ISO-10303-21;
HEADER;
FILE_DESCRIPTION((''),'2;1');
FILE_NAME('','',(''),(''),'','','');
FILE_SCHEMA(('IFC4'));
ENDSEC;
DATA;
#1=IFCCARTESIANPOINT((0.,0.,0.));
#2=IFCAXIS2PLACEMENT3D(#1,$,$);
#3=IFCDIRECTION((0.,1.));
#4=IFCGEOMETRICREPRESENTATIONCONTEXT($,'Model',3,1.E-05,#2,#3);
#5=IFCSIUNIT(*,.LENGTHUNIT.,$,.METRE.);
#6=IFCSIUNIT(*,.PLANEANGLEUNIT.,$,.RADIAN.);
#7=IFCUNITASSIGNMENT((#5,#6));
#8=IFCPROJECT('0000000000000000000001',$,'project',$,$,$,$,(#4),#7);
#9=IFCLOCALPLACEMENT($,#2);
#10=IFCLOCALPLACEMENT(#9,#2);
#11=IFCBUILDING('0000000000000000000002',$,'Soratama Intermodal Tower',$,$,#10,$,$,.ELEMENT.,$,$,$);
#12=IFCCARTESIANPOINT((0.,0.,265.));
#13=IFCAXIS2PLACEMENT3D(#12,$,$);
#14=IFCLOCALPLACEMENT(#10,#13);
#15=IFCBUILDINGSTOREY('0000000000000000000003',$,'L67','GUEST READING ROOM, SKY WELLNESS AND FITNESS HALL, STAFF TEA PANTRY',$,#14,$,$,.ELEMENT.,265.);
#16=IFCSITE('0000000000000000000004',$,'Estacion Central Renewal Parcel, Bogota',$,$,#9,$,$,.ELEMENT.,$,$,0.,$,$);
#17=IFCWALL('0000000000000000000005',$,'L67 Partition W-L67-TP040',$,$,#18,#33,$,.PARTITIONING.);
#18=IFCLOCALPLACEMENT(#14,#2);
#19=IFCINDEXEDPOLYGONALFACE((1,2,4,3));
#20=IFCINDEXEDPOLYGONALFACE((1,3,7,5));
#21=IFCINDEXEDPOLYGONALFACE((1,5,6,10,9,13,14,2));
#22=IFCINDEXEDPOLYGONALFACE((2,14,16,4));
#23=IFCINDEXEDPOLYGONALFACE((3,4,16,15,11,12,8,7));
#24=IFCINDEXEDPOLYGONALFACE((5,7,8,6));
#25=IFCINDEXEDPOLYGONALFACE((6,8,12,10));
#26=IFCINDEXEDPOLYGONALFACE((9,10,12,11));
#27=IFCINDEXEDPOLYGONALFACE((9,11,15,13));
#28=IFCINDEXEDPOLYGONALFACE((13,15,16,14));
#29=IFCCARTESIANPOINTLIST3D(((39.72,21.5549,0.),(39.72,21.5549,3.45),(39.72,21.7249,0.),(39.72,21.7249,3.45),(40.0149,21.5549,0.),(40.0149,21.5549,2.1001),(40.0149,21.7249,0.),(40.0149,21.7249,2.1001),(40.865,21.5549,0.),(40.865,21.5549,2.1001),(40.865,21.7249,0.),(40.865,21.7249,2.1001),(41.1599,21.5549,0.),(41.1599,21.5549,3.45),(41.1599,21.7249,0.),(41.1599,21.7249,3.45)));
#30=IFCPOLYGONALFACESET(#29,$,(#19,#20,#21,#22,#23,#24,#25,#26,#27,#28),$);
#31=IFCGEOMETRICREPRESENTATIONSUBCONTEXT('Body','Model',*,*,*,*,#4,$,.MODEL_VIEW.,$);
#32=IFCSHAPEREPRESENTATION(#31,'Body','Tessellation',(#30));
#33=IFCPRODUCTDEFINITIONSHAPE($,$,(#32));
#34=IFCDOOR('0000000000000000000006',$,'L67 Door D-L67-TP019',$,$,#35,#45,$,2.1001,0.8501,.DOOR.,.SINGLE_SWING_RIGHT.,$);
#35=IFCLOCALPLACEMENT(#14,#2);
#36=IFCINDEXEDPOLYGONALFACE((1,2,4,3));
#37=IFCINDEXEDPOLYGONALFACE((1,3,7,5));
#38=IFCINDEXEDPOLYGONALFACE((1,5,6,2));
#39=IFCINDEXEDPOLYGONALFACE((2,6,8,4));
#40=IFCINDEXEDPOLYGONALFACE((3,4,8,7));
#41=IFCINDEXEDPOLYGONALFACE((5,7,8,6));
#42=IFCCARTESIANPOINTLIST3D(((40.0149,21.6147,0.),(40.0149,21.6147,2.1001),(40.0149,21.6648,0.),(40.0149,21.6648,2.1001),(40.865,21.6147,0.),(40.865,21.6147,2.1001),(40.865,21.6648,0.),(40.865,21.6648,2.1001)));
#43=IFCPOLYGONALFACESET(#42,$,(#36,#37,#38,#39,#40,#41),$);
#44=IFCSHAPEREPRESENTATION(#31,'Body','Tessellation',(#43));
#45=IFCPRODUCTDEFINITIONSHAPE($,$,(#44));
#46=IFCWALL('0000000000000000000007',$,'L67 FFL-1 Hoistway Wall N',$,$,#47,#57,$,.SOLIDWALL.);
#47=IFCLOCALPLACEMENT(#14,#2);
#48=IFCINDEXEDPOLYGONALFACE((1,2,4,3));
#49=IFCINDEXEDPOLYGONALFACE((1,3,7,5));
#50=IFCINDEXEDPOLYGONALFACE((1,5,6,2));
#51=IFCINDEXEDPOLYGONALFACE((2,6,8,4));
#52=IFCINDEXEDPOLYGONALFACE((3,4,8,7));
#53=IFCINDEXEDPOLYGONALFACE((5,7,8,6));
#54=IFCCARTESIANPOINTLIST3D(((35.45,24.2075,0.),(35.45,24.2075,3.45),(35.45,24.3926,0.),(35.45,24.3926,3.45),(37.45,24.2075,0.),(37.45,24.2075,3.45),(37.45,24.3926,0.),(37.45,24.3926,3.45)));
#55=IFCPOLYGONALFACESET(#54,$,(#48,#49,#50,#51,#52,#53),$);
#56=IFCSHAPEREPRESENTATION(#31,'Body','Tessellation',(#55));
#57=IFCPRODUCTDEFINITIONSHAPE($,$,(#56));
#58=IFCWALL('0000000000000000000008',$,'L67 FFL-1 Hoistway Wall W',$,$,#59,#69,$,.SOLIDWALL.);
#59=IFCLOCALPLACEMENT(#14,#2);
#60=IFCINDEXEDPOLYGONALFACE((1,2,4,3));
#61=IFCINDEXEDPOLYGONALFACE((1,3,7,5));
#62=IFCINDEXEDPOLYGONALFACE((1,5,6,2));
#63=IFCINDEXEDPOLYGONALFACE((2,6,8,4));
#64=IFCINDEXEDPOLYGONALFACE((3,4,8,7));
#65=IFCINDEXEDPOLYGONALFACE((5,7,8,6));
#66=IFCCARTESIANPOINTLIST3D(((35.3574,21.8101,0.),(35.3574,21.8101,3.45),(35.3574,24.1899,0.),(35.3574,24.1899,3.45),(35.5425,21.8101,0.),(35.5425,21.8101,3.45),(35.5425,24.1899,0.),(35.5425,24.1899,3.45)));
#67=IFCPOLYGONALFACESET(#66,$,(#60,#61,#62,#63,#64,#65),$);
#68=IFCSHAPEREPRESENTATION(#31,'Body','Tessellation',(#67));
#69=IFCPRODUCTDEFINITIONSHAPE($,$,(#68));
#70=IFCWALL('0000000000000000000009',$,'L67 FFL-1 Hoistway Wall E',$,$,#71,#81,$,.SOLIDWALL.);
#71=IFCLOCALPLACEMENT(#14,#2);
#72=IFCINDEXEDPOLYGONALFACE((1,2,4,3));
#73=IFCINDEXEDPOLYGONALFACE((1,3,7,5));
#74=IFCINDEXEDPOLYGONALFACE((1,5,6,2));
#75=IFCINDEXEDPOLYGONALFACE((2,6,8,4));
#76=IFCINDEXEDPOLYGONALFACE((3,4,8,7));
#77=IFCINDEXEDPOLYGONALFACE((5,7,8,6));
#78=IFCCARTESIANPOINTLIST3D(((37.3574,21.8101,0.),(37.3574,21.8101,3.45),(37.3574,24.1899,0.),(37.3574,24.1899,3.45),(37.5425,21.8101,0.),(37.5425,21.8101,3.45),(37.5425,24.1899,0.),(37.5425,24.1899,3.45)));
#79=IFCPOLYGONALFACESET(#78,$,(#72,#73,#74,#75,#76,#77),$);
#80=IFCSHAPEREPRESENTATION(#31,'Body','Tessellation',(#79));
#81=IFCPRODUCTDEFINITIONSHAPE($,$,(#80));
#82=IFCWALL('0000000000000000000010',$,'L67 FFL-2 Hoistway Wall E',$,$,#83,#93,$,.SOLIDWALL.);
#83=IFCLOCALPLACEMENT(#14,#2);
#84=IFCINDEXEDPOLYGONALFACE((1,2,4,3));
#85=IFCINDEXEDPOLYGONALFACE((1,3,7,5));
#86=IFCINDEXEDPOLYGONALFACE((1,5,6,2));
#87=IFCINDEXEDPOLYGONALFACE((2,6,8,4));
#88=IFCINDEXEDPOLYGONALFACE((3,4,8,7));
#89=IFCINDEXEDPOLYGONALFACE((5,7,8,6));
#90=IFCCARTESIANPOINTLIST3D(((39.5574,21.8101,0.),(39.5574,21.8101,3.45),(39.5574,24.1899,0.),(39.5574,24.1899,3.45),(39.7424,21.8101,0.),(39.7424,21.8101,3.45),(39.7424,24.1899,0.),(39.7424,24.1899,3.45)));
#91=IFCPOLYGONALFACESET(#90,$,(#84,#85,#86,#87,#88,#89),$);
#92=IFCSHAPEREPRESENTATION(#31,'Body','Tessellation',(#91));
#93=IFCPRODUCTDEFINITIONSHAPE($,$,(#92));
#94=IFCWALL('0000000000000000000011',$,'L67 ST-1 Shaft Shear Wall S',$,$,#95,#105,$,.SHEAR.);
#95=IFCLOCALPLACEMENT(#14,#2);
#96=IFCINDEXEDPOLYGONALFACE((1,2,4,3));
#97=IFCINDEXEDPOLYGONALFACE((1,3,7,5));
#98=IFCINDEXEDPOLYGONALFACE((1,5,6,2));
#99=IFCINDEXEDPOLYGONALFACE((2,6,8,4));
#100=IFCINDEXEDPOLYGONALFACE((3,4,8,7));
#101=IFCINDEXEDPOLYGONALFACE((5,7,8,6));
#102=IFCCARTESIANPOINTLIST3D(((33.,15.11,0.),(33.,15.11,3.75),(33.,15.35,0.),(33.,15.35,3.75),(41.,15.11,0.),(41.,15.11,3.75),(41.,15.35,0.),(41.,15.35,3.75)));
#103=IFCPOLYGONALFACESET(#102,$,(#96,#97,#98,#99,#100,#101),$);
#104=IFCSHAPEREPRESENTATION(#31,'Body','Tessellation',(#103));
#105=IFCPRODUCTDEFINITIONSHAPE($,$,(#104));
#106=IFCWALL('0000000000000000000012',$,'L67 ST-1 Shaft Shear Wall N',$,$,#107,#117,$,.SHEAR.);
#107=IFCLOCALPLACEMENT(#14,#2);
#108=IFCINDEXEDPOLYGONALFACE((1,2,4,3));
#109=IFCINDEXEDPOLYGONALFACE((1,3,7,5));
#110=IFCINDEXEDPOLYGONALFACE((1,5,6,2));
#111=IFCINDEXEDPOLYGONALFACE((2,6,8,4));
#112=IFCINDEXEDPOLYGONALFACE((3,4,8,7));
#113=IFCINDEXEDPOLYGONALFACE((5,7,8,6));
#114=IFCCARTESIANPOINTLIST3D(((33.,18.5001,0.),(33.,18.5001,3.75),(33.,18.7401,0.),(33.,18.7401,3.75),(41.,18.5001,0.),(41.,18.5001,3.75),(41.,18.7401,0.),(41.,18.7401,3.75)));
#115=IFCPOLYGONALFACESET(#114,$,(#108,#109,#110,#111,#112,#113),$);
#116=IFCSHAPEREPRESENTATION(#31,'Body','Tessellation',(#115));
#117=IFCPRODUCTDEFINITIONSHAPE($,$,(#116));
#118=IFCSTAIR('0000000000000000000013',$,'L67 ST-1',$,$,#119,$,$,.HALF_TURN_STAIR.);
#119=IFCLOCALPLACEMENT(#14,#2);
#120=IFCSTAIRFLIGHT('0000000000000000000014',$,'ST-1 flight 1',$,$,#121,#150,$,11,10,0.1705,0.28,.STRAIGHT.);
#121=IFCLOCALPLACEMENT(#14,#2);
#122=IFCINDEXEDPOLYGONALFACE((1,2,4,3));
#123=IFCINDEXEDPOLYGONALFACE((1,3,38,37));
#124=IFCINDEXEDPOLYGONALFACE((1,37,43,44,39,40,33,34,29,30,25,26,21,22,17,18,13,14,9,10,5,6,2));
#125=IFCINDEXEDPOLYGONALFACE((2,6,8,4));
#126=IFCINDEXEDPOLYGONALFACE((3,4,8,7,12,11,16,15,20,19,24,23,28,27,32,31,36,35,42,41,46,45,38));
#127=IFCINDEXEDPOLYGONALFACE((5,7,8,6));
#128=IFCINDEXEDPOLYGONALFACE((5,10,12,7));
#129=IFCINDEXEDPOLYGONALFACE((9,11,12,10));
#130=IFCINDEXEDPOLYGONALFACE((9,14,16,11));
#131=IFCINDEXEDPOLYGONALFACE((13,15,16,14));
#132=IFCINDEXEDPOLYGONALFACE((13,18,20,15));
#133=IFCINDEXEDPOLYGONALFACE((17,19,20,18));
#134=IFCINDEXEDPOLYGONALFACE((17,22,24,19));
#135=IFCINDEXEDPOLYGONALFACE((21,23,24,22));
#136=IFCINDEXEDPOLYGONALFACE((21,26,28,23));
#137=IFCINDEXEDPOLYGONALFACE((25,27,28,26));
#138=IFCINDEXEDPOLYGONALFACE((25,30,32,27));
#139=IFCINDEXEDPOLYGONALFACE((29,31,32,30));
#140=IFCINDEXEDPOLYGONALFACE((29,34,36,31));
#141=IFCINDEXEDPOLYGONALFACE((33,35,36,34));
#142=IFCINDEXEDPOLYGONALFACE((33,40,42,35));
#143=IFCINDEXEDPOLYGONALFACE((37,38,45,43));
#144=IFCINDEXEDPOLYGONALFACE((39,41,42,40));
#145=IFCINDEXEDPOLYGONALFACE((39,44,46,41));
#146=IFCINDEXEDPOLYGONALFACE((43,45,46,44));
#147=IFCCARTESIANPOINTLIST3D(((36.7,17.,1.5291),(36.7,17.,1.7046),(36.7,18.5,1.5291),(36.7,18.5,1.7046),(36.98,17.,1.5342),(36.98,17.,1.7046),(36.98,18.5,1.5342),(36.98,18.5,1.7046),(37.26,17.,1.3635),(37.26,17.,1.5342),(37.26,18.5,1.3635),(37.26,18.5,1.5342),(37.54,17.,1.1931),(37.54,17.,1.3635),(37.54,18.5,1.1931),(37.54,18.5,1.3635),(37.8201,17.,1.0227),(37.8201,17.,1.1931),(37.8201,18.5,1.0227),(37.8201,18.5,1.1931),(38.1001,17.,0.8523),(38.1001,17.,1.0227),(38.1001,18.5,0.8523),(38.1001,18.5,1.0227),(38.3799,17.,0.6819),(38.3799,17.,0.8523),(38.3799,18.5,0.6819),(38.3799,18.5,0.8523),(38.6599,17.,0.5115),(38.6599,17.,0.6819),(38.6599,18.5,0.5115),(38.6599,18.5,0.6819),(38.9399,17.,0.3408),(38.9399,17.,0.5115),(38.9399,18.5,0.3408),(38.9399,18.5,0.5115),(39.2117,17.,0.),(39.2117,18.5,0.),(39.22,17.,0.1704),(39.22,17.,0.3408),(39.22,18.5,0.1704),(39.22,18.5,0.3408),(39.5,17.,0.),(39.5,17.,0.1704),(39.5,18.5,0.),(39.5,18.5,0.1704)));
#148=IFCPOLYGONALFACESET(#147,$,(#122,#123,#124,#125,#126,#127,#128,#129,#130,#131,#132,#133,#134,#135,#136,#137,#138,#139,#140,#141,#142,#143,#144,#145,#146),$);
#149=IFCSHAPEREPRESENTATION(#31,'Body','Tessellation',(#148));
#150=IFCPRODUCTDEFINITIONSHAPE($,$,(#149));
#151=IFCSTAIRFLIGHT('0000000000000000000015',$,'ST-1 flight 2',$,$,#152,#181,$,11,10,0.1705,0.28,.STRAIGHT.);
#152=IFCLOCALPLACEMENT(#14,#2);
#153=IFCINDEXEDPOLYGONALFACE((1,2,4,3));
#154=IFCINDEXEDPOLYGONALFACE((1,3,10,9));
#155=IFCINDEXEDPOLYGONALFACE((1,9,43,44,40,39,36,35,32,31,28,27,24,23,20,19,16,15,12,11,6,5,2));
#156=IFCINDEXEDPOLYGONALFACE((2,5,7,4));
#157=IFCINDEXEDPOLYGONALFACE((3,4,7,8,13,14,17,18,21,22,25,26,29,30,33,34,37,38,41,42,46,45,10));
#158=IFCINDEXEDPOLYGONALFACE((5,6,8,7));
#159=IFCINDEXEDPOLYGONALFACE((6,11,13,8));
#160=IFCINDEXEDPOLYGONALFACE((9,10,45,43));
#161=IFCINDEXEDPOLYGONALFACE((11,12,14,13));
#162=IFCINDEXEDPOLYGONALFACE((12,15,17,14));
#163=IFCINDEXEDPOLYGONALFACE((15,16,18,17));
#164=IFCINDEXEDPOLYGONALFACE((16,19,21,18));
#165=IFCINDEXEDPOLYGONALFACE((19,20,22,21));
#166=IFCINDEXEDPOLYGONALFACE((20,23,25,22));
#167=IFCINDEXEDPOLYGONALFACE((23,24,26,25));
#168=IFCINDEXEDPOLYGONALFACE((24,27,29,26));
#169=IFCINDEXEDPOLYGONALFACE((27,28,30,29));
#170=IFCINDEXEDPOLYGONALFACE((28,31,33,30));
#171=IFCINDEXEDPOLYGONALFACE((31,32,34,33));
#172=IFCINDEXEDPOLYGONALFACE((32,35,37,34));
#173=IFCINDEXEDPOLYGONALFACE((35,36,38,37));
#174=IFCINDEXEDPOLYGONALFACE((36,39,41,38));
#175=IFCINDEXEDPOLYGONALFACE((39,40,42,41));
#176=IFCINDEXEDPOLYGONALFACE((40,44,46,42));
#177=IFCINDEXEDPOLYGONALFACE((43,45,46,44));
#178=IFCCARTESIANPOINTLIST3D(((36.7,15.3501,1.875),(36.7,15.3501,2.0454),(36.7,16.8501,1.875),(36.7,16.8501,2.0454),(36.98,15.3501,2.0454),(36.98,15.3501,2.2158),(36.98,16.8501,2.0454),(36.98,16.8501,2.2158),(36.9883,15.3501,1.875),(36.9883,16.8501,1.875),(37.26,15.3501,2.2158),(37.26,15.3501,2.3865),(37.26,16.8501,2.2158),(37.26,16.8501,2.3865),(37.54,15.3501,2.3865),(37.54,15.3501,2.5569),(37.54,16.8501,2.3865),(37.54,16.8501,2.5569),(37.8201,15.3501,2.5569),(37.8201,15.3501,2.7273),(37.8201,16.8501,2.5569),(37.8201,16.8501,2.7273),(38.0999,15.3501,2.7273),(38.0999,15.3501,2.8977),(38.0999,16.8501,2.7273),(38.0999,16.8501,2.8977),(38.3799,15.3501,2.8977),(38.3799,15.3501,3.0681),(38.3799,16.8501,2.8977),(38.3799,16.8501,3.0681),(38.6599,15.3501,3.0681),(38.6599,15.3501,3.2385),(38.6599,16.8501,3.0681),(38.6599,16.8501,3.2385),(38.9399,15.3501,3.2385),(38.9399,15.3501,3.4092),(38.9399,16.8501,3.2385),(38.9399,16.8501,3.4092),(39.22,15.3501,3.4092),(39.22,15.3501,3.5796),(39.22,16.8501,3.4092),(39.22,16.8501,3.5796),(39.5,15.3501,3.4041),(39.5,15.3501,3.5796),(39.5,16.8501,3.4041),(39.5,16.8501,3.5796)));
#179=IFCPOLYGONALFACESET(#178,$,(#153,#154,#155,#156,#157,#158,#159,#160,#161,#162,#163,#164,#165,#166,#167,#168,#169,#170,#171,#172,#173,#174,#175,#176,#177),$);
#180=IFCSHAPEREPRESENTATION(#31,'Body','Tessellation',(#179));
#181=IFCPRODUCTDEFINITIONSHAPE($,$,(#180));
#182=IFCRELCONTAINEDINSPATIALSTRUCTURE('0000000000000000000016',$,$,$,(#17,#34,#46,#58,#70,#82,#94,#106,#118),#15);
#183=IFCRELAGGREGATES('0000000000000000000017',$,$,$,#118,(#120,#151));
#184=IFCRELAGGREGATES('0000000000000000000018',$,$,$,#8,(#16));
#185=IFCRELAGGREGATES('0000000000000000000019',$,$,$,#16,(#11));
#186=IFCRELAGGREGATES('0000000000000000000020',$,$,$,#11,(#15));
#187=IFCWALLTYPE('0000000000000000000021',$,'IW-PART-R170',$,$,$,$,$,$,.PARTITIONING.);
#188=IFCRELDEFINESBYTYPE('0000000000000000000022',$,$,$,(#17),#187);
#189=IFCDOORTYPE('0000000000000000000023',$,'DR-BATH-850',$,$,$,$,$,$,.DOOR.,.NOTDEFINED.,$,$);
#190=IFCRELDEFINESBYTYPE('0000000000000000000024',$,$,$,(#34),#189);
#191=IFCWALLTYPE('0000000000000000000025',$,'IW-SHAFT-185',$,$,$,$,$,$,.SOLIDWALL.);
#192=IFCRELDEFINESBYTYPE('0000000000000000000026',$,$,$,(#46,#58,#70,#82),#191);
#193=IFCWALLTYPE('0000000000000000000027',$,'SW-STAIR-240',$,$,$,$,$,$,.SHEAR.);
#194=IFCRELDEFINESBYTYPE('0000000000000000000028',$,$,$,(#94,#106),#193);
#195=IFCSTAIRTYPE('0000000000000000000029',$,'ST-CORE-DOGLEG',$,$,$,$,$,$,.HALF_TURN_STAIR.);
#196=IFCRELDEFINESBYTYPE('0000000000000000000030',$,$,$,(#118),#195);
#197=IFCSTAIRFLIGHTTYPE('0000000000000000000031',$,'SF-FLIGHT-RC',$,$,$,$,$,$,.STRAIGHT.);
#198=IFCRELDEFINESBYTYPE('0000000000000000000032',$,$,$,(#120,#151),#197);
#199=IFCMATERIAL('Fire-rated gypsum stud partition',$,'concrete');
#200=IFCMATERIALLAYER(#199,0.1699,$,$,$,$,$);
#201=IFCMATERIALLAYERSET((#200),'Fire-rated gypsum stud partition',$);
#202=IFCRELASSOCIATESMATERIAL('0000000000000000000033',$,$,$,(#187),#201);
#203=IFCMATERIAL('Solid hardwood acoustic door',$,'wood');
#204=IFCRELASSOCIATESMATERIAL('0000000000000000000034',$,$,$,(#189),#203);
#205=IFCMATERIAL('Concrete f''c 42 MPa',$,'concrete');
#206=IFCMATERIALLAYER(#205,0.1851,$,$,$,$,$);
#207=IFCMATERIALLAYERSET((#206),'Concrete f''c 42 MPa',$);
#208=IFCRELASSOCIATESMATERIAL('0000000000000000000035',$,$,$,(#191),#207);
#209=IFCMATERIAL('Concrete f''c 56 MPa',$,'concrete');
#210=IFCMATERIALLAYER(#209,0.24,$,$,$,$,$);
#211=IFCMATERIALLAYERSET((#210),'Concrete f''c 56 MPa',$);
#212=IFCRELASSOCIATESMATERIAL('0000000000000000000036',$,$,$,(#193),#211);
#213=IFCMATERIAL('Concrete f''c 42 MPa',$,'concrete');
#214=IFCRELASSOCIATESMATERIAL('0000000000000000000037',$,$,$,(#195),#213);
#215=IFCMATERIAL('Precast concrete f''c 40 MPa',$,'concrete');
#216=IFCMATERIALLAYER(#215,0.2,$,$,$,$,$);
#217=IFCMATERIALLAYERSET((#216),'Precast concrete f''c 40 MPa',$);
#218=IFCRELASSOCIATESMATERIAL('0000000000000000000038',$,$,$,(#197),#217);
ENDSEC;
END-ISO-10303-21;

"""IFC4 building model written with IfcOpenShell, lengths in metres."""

from ifc_helpers import new_model, si_unit, direction, frame, frame_2d, origin, place, context, subcontext, project, spatial, polyline, rectangle, outline, extrude, material, layer, layer_set, type_object, element, fill, aggregate, save


model = new_model("IFC4")

# Units and contexts
model_context = context("Model", 3, precision=1e-05, world=origin(), true_north=direction((0.0, 1.0)))
body_context = subcontext(model_context, "Body", "Model", "MODEL_VIEW")
ifc_project = project(units=[si_unit("LENGTHUNIT", "METRE"), si_unit("PLANEANGLEUNIT", "RADIAN")], contexts=[model_context])

# Site, building, storey
site_placement = place(None, origin())
site = spatial("IfcSite", under=ifc_project, at=site_placement, Name="Estacion Central Renewal Parcel, Bogota", CompositionType="ELEMENT", RefElevation=0.0)
building_placement = place(site_placement, origin())
building = spatial("IfcBuilding", under=site, at=building_placement, Name="Soratama Intermodal Tower", CompositionType="ELEMENT")
storey_placement = place(building_placement, frame((0.0, 0.0, 265.0)))
storey = spatial("IfcBuildingStorey", under=building, at=storey_placement, Name="L67", Description="GUEST READING ROOM, SKY WELLNESS AND FITNESS HALL, STAFF TEA PANTRY", CompositionType="ELEMENT", Elevation=265.0)

# Wall, opening, door
ifc_material_1 = material(Name="Fire-rated gypsum stud partition", Category="concrete")
ifc_layer_1 = layer(ifc_material_1, 0.1699)
ifc_layer_set_1 = layer_set([ifc_layer_1], Name="Fire-rated gypsum stud partition")
wall_type_1 = type_object("IfcWallType", Name="IW-PART-R170", PredefinedType="PARTITIONING", material=ifc_layer_set_1)
wall_1_placement = place(storey_placement, frame((39.72, 21.6399, 0.0), z_axis=(0.0, 0.0, 1.0), x_axis=(1.0, 0.0, 0.0)))
wall_1 = element("IfcWall", 1, at=wall_1_placement, inside=storey, type_object=wall_type_1, Name="L67 Partition W-L67-TP040", PredefinedType="PARTITIONING", context=body_context, shape_type="SweptSolid", body=[
    extrude(rectangle(XDim=1.4399, YDim=0.1699, at=frame_2d((0.72, 0.0))), origin(), (0.0, 0.0, 1.0), 3.45),
])
opening_1_placement = place(wall_1_placement, frame((0.2949, 0.0, 0.0)))
opening_1 = element("IfcOpeningElement", 2, at=opening_1_placement, cuts=wall_1, PredefinedType="OPENING", context=body_context, shape_type="SweptSolid", body=[
    extrude(rectangle(XDim=0.8501, YDim=2.1001, at=frame_2d((0.425, 1.05))), frame((0.0, 0.095, 0.0), z_axis=(0.0, -1.0, 0.0), x_axis=(1.0, 0.0, 0.0)), (0.0, 0.0, 1.0), 0.1899),
])
ifc_material_2 = material(Name="Solid hardwood acoustic door", Category="wood")
door_type_1 = type_object("IfcDoorType", Name="DR-BATH-850", OperationType="NOTDEFINED", PredefinedType="DOOR", material=ifc_material_2)
door_1_placement = place(opening_1_placement, origin())
door_1 = element("IfcDoor", 3, at=door_1_placement, inside=storey, type_object=door_type_1, Name="L67 Door D-L67-TP019", OperationType="SINGLE_SWING_RIGHT", OverallHeight=2.1001, OverallWidth=0.8501, PredefinedType="DOOR", context=body_context, shape_type="SweptSolid", body=[
    extrude(rectangle(XDim=0.8501, YDim=2.1001, at=frame_2d((0.425, 1.05))), frame((0.0, 0.0249, 0.0), z_axis=(0.0, -1.0, 0.0), x_axis=(1.0, 0.0, 0.0)), (0.0, 0.0, 1.0), 0.05),
])
fill(opening_1, door_1)
ifc_material_3 = material(Name="Concrete f'c 42 MPa", Category="concrete")
ifc_layer_2 = layer(ifc_material_3, 0.1851)
ifc_layer_set_2 = layer_set([ifc_layer_2], Name="Concrete f'c 42 MPa")
wall_type_2 = type_object("IfcWallType", Name="IW-SHAFT-185", PredefinedType="SOLIDWALL", material=ifc_layer_set_2)

# Walls
wall_2_placement = place(storey_placement, frame((35.45, 24.3, 0.0), z_axis=(0.0, 0.0, 1.0), x_axis=(1.0, 0.0, 0.0)))
element("IfcWall", 4, at=wall_2_placement, inside=storey, type_object=wall_type_2, Name="L67 FFL-1 Hoistway Wall N", PredefinedType="SOLIDWALL", context=body_context, shape_type="SweptSolid", body=[
    extrude(rectangle(XDim=2.0, YDim=0.1851, at=frame_2d((1.0, 0.0))), origin(), (0.0, 0.0, 1.0), 3.45),
])
for number, where, z_axis, x_axis, name in (
    (5, (35.45, 21.8101, 0.0), (0.0, 0.0, 1.0), (0.0, 1.0, 0.0), "L67 FFL-1 Hoistway Wall W"),
    (6, (37.45, 21.8101, 0.0), (0.0, 0.0, 1.0), (0.0, 1.0, 0.0), "L67 FFL-1 Hoistway Wall E"),
):
    element("IfcWall", number, at=place(storey_placement, frame(where, z_axis=z_axis, x_axis=x_axis)), inside=storey, type_object=wall_type_2, Name=name, PredefinedType="SOLIDWALL", context=body_context, shape_type="SweptSolid", body=[
        extrude(rectangle(XDim=2.3799, YDim=0.1851, at=frame_2d((1.1899, 0.0))), origin(), (0.0, 0.0, 1.0), 3.45),
    ])

# Wall
wall_3_placement = place(storey_placement, frame((39.6499, 21.8101, 0.0), z_axis=(0.0, 0.0, 1.0), x_axis=(0.0, 1.0, 0.0)))
element("IfcWall", 7, at=wall_3_placement, inside=storey, type_object=wall_type_2, Name="L67 FFL-2 Hoistway Wall E", PredefinedType="SOLIDWALL", context=body_context, shape_type="SweptSolid", body=[
    extrude(rectangle(XDim=2.3799, YDim=0.1851, at=frame_2d((1.1899, 0.0))), origin(), (0.0, 0.0, 1.0), 3.45),
])

# Walls
ifc_material_4 = material(Name="Concrete f'c 56 MPa", Category="concrete")
ifc_layer_3 = layer(ifc_material_4, 0.24)
ifc_layer_set_3 = layer_set([ifc_layer_3], Name="Concrete f'c 56 MPa")
wall_type_3 = type_object("IfcWallType", Name="SW-STAIR-240", PredefinedType="SHEAR", material=ifc_layer_set_3)
for number, where, z_axis, x_axis, name in (
    (8, (33.0, 15.23, 0.0), (0.0, 0.0, 1.0), (1.0, 0.0, 0.0), "L67 ST-1 Shaft Shear Wall S"),
    (9, (33.0, 18.6201, 0.0), (0.0, 0.0, 1.0), (1.0, 0.0, 0.0), "L67 ST-1 Shaft Shear Wall N"),
):
    element("IfcWall", number, at=place(storey_placement, frame(where, z_axis=z_axis, x_axis=x_axis)), inside=storey, type_object=wall_type_3, Name=name, PredefinedType="SHEAR", context=body_context, shape_type="SweptSolid", body=[
        extrude(rectangle(XDim=8.0, YDim=0.24, at=frame_2d((4.0, 0.0))), origin(), (0.0, 0.0, 1.0), 3.75),
    ])

# Stair, stair flights
ifc_material_5 = material(Name="Concrete f'c 42 MPa", Category="concrete")
stair_type = type_object("IfcStairType", Name="ST-CORE-DOGLEG", PredefinedType="HALF_TURN_STAIR", material=ifc_material_5)
stair_placement = place(storey_placement, origin())
stair = element("IfcStair", 10, at=stair_placement, inside=storey, type_object=stair_type, Name="L67 ST-1", PredefinedType="HALF_TURN_STAIR")
ifc_material_6 = material(Name="Precast concrete f'c 40 MPa", Category="concrete")
ifc_layer_4 = layer(ifc_material_6, 0.2)
ifc_layer_set_4 = layer_set([ifc_layer_4], Name="Precast concrete f'c 40 MPa")
stair_flight_type = type_object("IfcStairFlightType", Name="SF-FLIGHT-RC", PredefinedType="STRAIGHT", material=ifc_layer_set_4)
stair_flight_1_placement = place(storey_placement, frame((39.5, 17.75, 0.0), z_axis=(0.0, 0.0, 1.0), x_axis=(-1.0, 0.0, 0.0)))
stair_flight_1 = element("IfcStairFlight", 11, at=stair_flight_1_placement, type_object=stair_flight_type, Name="ST-1 flight 1", NumberOfRisers=11, NumberOfTreads=10, PredefinedType="STRAIGHT", RiserHeight=0.1705, TreadLength=0.28, context=body_context, shape_type="SweptSolid", body=[
    extrude(outline(polyline([(0.0, 0.0), (0.0, 0.1704), (0.28, 0.1704), (0.28, 0.3408), (0.5601, 0.3408), (0.5601, 0.5115), (0.8401, 0.5115), (0.8401, 0.6819), (1.1201, 0.6819), (1.1201, 0.8523), (1.3999, 0.8523), (1.3999, 1.0227), (1.6799, 1.0227), (1.6799, 1.1931), (1.96, 1.1931), (1.96, 1.3635), (2.24, 1.3635), (2.24, 1.5342), (2.52, 1.5342), (2.52, 1.7046), (2.8, 1.7046), (2.8, 1.875), (2.8, 1.5291), (0.2883, 0.0), (0.0, 0.0)])), frame((0.0, 0.75, 0.0), z_axis=(0.0, -1.0, 0.0), x_axis=(1.0, 0.0, 0.0)), (0.0, 0.0, 1.0), 1.5),
])
stair_flight_2_placement = place(storey_placement, frame((36.7, 16.1001, 1.875), z_axis=(0.0, 0.0, 1.0), x_axis=(1.0, 0.0, 0.0)))
stair_flight_2 = element("IfcStairFlight", 12, at=stair_flight_2_placement, type_object=stair_flight_type, Name="ST-1 flight 2", NumberOfRisers=11, NumberOfTreads=10, PredefinedType="STRAIGHT", RiserHeight=0.1705, TreadLength=0.28, context=body_context, shape_type="SweptSolid", body=[
    extrude(outline(polyline([(0.0, 0.0), (0.0, 0.1704), (0.28, 0.1704), (0.28, 0.3408), (0.5601, 0.3408), (0.5601, 0.5115), (0.8401, 0.5115), (0.8401, 0.6819), (1.1201, 0.6819), (1.1201, 0.8523), (1.3999, 0.8523), (1.3999, 1.0227), (1.6799, 1.0227), (1.6799, 1.1931), (1.96, 1.1931), (1.96, 1.3635), (2.24, 1.3635), (2.24, 1.5342), (2.52, 1.5342), (2.52, 1.7046), (2.8, 1.7046), (2.8, 1.875), (2.8, 1.5291), (0.2883, 0.0), (0.0, 0.0)])), frame((0.0, 0.75, 0.0), z_axis=(0.0, -1.0, 0.0), x_axis=(1.0, 0.0, 0.0)), (0.0, 0.0, 1.0), 1.5),
])
aggregate(stair, [stair_flight_1, stair_flight_2])

save(model, "model.ifc")
